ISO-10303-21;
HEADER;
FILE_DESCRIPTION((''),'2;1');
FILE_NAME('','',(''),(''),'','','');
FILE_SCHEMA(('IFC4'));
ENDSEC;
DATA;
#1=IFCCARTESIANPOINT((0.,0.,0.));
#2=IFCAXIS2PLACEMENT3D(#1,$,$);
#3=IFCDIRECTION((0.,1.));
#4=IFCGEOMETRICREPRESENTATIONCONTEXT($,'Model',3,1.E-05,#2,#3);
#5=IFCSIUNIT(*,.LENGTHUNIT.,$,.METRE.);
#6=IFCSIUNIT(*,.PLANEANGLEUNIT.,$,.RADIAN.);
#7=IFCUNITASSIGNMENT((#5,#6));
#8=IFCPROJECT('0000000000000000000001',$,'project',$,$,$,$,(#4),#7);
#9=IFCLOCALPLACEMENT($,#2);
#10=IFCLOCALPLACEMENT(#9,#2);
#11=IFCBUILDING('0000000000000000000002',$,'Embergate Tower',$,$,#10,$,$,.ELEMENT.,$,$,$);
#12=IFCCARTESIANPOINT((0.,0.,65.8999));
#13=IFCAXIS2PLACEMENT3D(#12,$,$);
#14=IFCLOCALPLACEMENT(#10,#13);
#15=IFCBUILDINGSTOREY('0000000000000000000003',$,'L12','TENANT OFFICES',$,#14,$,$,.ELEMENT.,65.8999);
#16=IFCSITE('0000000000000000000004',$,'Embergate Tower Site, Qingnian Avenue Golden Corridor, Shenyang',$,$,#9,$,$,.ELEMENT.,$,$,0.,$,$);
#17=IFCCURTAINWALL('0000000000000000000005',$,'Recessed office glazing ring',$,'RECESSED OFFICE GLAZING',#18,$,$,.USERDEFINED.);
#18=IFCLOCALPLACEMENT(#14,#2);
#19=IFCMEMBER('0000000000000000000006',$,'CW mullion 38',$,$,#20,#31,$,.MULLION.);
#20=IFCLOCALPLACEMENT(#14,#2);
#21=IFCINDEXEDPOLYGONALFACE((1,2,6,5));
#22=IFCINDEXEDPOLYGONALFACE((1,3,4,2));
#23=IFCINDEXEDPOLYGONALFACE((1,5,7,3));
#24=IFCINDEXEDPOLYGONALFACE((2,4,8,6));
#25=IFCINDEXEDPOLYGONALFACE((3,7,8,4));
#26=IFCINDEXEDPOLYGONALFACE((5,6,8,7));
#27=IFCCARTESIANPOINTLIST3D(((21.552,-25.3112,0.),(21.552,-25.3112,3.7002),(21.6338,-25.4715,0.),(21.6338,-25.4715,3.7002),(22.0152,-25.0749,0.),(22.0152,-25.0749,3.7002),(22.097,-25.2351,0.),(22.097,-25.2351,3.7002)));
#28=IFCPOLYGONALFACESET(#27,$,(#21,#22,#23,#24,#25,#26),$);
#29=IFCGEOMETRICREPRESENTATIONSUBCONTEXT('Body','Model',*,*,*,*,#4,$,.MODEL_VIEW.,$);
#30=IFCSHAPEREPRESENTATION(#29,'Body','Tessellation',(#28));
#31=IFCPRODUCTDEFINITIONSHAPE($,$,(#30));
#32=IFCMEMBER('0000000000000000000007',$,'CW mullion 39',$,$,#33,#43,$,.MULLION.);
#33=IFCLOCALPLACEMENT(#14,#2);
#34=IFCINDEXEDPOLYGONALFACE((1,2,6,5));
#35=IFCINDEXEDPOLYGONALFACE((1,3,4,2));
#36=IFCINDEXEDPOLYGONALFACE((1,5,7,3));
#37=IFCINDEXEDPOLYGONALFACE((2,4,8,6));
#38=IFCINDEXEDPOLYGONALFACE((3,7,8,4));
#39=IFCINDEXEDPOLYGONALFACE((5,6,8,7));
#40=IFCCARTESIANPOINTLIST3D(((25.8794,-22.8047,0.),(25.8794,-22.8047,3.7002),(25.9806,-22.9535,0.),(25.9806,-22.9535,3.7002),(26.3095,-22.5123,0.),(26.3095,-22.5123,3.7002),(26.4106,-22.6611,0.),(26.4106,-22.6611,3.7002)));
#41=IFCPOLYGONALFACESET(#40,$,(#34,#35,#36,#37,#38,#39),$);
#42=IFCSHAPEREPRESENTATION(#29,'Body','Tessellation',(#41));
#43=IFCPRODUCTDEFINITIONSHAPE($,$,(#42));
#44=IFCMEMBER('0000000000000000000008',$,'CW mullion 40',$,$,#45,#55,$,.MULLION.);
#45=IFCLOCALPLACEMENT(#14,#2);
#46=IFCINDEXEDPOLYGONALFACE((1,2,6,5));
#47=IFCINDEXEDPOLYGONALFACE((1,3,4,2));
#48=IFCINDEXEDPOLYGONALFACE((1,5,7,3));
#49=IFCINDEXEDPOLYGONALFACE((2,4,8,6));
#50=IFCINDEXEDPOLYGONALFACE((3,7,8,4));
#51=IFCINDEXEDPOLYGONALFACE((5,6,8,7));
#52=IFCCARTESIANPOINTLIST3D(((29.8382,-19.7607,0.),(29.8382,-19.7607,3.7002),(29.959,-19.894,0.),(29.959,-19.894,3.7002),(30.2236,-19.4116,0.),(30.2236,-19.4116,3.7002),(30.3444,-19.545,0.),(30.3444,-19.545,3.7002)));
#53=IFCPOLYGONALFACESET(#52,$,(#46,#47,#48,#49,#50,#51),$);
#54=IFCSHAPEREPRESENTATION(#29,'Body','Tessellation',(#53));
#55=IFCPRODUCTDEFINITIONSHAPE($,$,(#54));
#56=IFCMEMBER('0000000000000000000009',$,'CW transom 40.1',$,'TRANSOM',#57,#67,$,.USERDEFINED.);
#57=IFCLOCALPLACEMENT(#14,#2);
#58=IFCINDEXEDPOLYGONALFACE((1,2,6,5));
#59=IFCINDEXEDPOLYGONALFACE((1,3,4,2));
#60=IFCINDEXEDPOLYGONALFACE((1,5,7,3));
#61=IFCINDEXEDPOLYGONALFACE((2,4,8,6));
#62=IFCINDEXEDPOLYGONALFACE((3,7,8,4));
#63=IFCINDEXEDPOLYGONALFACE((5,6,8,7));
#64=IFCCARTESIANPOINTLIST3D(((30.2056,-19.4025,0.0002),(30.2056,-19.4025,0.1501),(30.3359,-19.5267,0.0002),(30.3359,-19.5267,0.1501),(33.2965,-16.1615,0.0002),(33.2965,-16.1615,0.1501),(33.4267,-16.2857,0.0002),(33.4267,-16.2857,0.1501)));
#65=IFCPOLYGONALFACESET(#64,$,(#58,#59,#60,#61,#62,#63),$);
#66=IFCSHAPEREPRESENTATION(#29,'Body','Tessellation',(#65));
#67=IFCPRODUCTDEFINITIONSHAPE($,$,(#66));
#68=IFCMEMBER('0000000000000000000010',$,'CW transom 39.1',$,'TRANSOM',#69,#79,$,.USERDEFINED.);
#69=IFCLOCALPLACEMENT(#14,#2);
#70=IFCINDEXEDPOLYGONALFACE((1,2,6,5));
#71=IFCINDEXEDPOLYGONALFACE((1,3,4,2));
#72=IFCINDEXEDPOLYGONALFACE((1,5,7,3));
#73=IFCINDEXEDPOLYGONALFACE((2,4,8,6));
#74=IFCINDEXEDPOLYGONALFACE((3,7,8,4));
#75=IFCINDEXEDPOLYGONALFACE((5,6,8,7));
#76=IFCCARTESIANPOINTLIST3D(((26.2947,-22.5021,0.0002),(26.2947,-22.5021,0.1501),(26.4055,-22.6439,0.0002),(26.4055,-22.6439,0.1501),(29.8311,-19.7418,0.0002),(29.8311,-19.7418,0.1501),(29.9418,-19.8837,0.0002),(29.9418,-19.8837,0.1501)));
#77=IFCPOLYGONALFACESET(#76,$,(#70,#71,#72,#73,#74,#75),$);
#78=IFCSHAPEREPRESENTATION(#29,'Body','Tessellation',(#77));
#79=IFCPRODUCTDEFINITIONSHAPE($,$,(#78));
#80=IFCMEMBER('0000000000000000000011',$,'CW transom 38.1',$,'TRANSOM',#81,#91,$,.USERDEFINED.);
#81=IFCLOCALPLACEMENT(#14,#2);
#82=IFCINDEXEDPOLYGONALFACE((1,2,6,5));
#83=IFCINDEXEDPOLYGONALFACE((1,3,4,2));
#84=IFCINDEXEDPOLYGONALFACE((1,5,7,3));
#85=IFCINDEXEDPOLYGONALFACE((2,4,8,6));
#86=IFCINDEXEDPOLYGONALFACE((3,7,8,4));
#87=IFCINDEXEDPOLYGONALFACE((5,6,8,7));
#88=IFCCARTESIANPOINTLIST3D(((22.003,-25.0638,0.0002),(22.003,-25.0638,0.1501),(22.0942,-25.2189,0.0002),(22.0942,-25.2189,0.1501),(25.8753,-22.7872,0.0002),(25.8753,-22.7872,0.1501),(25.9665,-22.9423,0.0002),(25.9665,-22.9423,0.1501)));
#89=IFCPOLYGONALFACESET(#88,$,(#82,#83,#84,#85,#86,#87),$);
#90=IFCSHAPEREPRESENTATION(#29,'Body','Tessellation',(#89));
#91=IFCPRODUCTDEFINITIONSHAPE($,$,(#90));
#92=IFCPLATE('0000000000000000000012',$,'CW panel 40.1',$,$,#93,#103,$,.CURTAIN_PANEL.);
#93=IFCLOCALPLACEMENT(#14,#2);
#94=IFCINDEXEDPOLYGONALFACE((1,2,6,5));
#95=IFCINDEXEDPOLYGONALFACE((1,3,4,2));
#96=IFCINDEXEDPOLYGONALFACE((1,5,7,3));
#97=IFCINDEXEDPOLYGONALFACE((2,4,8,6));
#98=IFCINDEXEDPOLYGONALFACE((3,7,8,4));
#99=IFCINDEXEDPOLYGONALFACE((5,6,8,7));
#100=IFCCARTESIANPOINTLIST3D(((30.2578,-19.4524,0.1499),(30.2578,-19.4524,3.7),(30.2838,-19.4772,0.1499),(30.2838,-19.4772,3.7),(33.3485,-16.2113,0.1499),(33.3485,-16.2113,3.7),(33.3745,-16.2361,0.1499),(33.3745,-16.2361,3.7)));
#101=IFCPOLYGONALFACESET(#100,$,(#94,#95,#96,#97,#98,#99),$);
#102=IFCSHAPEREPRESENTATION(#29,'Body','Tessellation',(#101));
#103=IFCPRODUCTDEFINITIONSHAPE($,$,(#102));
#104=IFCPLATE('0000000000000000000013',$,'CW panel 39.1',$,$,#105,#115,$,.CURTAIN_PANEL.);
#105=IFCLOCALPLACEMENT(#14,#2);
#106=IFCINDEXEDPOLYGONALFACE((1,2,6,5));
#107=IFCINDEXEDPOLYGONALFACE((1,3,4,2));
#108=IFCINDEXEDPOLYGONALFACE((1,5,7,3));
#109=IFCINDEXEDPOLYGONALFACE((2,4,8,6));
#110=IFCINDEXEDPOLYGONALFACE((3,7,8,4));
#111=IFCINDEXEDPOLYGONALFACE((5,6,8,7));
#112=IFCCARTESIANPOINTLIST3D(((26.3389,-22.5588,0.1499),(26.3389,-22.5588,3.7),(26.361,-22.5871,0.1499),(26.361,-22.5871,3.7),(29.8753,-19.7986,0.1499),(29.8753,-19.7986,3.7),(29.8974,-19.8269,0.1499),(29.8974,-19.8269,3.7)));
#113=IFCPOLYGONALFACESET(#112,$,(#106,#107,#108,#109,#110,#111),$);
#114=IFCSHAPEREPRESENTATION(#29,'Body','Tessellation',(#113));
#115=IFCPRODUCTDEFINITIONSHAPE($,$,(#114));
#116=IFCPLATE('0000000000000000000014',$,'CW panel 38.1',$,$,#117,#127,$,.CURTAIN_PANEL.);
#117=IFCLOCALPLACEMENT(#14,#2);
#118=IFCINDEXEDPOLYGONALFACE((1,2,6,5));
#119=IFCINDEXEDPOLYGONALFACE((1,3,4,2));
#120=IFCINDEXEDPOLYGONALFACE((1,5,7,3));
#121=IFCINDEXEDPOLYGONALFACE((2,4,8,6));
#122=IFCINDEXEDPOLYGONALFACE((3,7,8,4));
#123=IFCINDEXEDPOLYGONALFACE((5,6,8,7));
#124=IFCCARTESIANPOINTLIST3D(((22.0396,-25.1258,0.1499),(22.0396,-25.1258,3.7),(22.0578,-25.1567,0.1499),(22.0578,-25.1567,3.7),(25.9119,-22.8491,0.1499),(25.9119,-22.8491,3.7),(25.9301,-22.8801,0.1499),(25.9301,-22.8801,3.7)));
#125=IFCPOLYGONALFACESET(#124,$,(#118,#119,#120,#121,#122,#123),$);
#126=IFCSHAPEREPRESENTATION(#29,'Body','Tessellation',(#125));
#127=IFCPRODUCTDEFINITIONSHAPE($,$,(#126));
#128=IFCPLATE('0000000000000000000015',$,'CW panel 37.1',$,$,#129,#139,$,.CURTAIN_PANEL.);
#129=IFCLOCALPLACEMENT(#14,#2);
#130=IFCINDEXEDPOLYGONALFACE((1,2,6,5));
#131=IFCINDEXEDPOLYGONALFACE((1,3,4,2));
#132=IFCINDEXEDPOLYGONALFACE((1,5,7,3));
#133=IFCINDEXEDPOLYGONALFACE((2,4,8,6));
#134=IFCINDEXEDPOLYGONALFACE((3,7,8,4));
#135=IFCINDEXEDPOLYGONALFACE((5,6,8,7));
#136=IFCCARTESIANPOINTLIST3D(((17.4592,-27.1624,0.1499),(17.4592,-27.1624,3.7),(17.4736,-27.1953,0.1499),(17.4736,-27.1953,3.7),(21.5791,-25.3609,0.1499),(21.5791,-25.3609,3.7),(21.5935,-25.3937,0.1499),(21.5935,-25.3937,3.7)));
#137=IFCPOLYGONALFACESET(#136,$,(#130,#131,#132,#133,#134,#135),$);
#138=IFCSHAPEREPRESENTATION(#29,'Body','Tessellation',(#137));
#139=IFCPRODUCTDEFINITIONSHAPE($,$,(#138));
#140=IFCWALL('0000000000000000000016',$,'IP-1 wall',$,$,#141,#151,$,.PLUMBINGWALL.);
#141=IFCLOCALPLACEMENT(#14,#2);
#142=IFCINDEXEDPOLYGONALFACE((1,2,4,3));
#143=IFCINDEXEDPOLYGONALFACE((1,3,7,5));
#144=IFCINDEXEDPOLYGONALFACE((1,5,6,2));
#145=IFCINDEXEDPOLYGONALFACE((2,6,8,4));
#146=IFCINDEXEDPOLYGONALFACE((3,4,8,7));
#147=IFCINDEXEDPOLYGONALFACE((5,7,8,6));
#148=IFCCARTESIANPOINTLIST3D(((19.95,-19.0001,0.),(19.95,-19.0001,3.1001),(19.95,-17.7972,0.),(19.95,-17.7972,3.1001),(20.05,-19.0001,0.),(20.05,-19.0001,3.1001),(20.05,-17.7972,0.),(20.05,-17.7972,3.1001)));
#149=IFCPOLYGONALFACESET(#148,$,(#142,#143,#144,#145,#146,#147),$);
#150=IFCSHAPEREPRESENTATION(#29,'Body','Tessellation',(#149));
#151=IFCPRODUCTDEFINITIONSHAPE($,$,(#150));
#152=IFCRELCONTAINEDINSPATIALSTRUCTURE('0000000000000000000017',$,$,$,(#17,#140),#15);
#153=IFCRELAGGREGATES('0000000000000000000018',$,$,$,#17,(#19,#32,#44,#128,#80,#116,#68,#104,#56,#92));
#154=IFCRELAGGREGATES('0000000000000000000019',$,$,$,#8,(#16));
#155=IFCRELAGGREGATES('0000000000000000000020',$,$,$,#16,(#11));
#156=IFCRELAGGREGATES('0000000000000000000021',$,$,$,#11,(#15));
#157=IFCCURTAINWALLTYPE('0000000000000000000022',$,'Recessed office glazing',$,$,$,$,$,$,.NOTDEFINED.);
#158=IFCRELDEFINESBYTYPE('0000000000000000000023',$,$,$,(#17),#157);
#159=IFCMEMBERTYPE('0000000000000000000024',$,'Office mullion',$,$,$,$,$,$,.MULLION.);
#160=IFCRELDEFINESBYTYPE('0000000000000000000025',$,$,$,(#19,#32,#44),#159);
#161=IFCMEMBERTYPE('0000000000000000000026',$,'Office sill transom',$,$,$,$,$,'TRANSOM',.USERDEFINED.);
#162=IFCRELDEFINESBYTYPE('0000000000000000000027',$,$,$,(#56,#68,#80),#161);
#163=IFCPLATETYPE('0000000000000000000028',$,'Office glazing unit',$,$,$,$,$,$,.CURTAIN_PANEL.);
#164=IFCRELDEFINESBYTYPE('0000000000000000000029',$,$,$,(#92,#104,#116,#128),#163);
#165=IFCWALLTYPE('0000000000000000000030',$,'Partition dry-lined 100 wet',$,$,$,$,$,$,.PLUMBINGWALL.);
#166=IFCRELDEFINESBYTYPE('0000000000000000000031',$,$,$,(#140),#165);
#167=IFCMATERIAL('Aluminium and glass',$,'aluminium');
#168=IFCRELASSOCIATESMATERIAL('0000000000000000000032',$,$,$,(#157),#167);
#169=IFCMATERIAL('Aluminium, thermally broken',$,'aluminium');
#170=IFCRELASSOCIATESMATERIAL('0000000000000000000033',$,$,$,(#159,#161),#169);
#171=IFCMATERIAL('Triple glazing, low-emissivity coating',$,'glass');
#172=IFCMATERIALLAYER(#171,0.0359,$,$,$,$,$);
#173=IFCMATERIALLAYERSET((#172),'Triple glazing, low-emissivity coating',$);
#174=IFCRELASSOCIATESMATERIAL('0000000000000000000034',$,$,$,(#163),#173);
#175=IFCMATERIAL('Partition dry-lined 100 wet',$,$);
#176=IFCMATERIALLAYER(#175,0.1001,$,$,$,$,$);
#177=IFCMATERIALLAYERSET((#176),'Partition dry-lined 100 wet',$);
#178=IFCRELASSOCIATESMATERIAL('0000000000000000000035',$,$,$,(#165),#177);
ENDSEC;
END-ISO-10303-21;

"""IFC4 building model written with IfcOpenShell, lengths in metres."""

from ifc_helpers import new_model, si_unit, direction, frame, frame_2d, origin, origin_2d, place, context, subcontext, project, spatial, rectangle, extrude, source, transform, mapped, material, layer, layer_set, material_profile, profile_set, type_object, element, aggregate, save


model = new_model("IFC4")

# Units and contexts
model_context = context("Model", 3, precision=1e-05, world=origin(), true_north=direction((0.0, 1.0)))
body_context = subcontext(model_context, "Body", "Model", "MODEL_VIEW")
ifc_project = project(units=[si_unit("LENGTHUNIT", "METRE"), si_unit("PLANEANGLEUNIT", "RADIAN")], contexts=[model_context])

# Site, building, storey
site_placement = place(None, origin())
site = spatial("IfcSite", under=ifc_project, at=site_placement, Name="Embergate Tower Site, Qingnian Avenue Golden Corridor, Shenyang", CompositionType="ELEMENT", RefElevation=0.0)
building_placement = place(site_placement, origin())
building = spatial("IfcBuilding", under=site, at=building_placement, Name="Embergate Tower", CompositionType="ELEMENT")
storey_placement = place(building_placement, frame((0.0, 0.0, 65.8999)))
storey = spatial("IfcBuildingStorey", under=building, at=storey_placement, Name="L12", Description="TENANT OFFICES", CompositionType="ELEMENT", Elevation=65.8999)

# Curtain wall, members, plates
ifc_material_1 = material(Name="Aluminium and glass", Category="aluminium")
curtain_wall_type = type_object("IfcCurtainWallType", Name="Recessed office glazing", PredefinedType="NOTDEFINED", material=ifc_material_1)
curtain_wall_placement = place(storey_placement, origin())
curtain_wall = element("IfcCurtainWall", 1, at=curtain_wall_placement, inside=storey, type_object=curtain_wall_type, Name="Recessed office glazing ring", ObjectType="RECESSED OFFICE GLAZING", PredefinedType="USERDEFINED")
ifc_material_2 = material(Name="Aluminium, thermally broken", Category="aluminium")
ifc_material_profile_1 = material_profile(ifc_material_2, rectangle(XDim=0.1799, YDim=0.52, at=origin_2d()), Name="AL 520x180")
ifc_profile_set_1 = profile_set([ifc_material_profile_1], Name="Aluminium, thermally broken")
member_type_1 = type_object("IfcMemberType", Name="Office mullion", PredefinedType="MULLION", material=ifc_profile_set_1)
shared_shape_1 = source(origin(), body_context, "Body", "SweptSolid", [
    extrude(rectangle(XDim=0.1799, YDim=0.52, at=origin_2d()), origin(), (0.0, 0.0, 1.0), 3.7002),
])
member_1_placement = place(storey_placement, frame((21.8245, -25.2732, 0.0), z_axis=(0.0, 0.0, 1.0), x_axis=(-0.454521, 0.890736, 0.0)))
member_1 = element("IfcMember", 2, at=member_1_placement, type_object=member_type_1, Name="CW mullion 38", PredefinedType="MULLION", context=body_context, shape_type="MappedRepresentation", body=[
    mapped(shared_shape_1, transform((0.0, 0.0, 0.0))),
])
member_2_placement = place(storey_placement, frame((26.145, -22.7329, 0.0), z_axis=(0.0, 0.0, 1.0), x_axis=(-0.562229, 0.826981, 0.0)))
member_2 = element("IfcMember", 3, at=member_2_placement, type_object=member_type_1, Name="CW mullion 39", PredefinedType="MULLION", context=body_context, shape_type="MappedRepresentation", body=[
    mapped(shared_shape_1, transform((0.0, 0.0, 0.0))),
])
member_3_placement = place(storey_placement, frame((30.0913, -19.6528, 0.0), z_axis=(0.0, 0.0, 1.0), x_axis=(-0.671239, 0.741241, 0.0)))
member_3 = element("IfcMember", 4, at=member_3_placement, type_object=member_type_1, Name="CW mullion 40", PredefinedType="MULLION", context=body_context, shape_type="MappedRepresentation", body=[
    mapped(shared_shape_1, transform((0.0, 0.0, 0.0))),
])
ifc_material_profile_2 = material_profile(ifc_material_2, rectangle(XDim=0.1799, YDim=0.1499, at=origin_2d()), Name="AL 150x180")
ifc_profile_set_2 = profile_set([ifc_material_profile_2], Name="Aluminium, thermally broken")
member_type_2 = type_object("IfcMemberType", Name="Office sill transom", ElementType="TRANSOM", PredefinedType="USERDEFINED", material=ifc_profile_set_2)
shared_shape_2 = source(origin(), body_context, "Body", "SweptSolid", [
    extrude(rectangle(XDim=0.1799, YDim=0.1499, at=origin_2d()), origin(), (0.0, 0.0, 1.0), 4.4785),
])
member_4_placement = place(storey_placement, frame((30.2708, -19.4646, 0.0752), z_axis=(0.690145, 0.723671, 0.0), x_axis=(-0.723671, 0.690145, 0.0)))
member_4 = element("IfcMember", 5, at=member_4_placement, type_object=member_type_2, Name="CW transom 40.1", ObjectType="TRANSOM", PredefinedType="USERDEFINED", context=body_context, shape_type="MappedRepresentation", body=[
    mapped(shared_shape_2, transform((0.0, 0.0, 0.0))),
])
shared_shape_3 = source(origin(), body_context, "Body", "SweptSolid", [
    extrude(rectangle(XDim=0.1799, YDim=0.1499, at=origin_2d()), origin(), (0.0, 0.0, 1.0), 4.4861),
])
member_5_placement = place(storey_placement, frame((26.3501, -22.573, 0.0752), z_axis=(0.788299, 0.615292, 0.0), x_axis=(-0.615292, 0.788299, 0.0)))
member_5 = element("IfcMember", 6, at=member_5_placement, type_object=member_type_2, Name="CW transom 39.1", ObjectType="TRANSOM", PredefinedType="USERDEFINED", context=body_context, shape_type="MappedRepresentation", body=[
    mapped(shared_shape_3, transform((0.0, 0.0, 0.0))),
])
shared_shape_4 = source(origin(), body_context, "Body", "SweptSolid", [
    extrude(rectangle(XDim=0.1799, YDim=0.1499, at=origin_2d()), origin(), (0.0, 0.0, 1.0), 4.4919),
])
member_6_placement = place(storey_placement, frame((22.0486, -25.1414, 0.0752), z_axis=(0.862053, 0.506818, 0.0), x_axis=(-0.506818, 0.862053, 0.0)))
member_6 = element("IfcMember", 7, at=member_6_placement, type_object=member_type_2, Name="CW transom 38.1", ObjectType="TRANSOM", PredefinedType="USERDEFINED", context=body_context, shape_type="MappedRepresentation", body=[
    mapped(shared_shape_4, transform((0.0, 0.0, 0.0))),
])
ifc_material_3 = material(Name="Triple glazing, low-emissivity coating", Category="glass")
ifc_layer_1 = layer(ifc_material_3, 0.0359)
ifc_layer_set_1 = layer_set([ifc_layer_1], Name="Triple glazing, low-emissivity coating")
plate_type = type_object("IfcPlateType", Name="Office glazing unit", PredefinedType="CURTAIN_PANEL", material=ifc_layer_set_1)
shared_shape_5 = source(origin(), body_context, "Body", "SweptSolid", [
    extrude(rectangle(XDim=4.4785, YDim=0.0359, at=origin_2d()), origin(), (0.0, 0.0, 1.0), 3.55),
])
plate_1_placement = place(storey_placement, frame((31.8162, -17.8442, 0.1499), z_axis=(0.0, 0.0, 1.0), x_axis=(0.690125, 0.72369, 0.0)))
plate_1 = element("IfcPlate", 8, at=plate_1_placement, type_object=plate_type, Name="CW panel 40.1", PredefinedType="CURTAIN_PANEL", context=body_context, shape_type="MappedRepresentation", body=[
    mapped(shared_shape_5, transform((0.0, 0.0, 0.0))),
])
shared_shape_6 = source(origin(), body_context, "Body", "SweptSolid", [
    extrude(rectangle(XDim=4.4861, YDim=0.0359, at=origin_2d()), origin(), (0.0, 0.0, 1.0), 3.55),
])
plate_2_placement = place(storey_placement, frame((28.1182, -21.1929, 0.1499), z_axis=(0.0, 0.0, 1.0), x_axis=(0.788313, 0.615275, 0.0)))
plate_2 = element("IfcPlate", 9, at=plate_2_placement, type_object=plate_type, Name="CW panel 39.1", PredefinedType="CURTAIN_PANEL", context=body_context, shape_type="MappedRepresentation", body=[
    mapped(shared_shape_6, transform((0.0, 0.0, 0.0))),
])
shared_shape_7 = source(origin(), body_context, "Body", "SweptSolid", [
    extrude(rectangle(XDim=4.4919, YDim=0.0359, at=origin_2d()), origin(), (0.0, 0.0, 1.0), 3.55),
])
plate_3_placement = place(storey_placement, frame((23.9849, -24.0029, 0.1499), z_axis=(0.0, 0.0, 1.0), x_axis=(0.862048, 0.506827, 0.0)))
plate_3 = element("IfcPlate", 10, at=plate_3_placement, type_object=plate_type, Name="CW panel 38.1", PredefinedType="CURTAIN_PANEL", context=body_context, shape_type="MappedRepresentation", body=[
    mapped(shared_shape_7, transform((0.0, 0.0, 0.0))),
])
shared_shape_8 = source(origin(), body_context, "Body", "SweptSolid", [
    extrude(rectangle(XDim=4.4966, YDim=0.0359, at=origin_2d()), origin(), (0.0, 0.0, 1.0), 3.55),
])
plate_4_placement = place(storey_placement, frame((19.5264, -26.2781, 0.1499), z_axis=(0.0, 0.0, 1.0), x_axis=(0.916233, 0.400646, 0.0)))
plate_4 = element("IfcPlate", 11, at=plate_4_placement, type_object=plate_type, Name="CW panel 37.1", PredefinedType="CURTAIN_PANEL", context=body_context, shape_type="MappedRepresentation", body=[
    mapped(shared_shape_8, transform((0.0, 0.0, 0.0))),
])
aggregate(curtain_wall, [member_1, member_2, member_3, plate_4, member_6, plate_3, member_5, plate_2, member_4, plate_1])

# Wall
ifc_material_4 = material(Name="Partition dry-lined 100 wet")
ifc_layer_2 = layer(ifc_material_4, 0.1001)
ifc_layer_set_2 = layer_set([ifc_layer_2], Name="Partition dry-lined 100 wet")
wall_type_1 = type_object("IfcWallType", Name="Partition dry-lined 100 wet", PredefinedType="PLUMBINGWALL", material=ifc_layer_set_2)
shared_shape_9 = source(origin(), body_context, "Body", "SweptSolid", [
    extrude(rectangle(XDim=1.2029, YDim=0.1001, at=frame_2d((0.6016, 0.0))), origin(), (0.0, 0.0, 1.0), 3.1001),
])
wall_1_placement = place(storey_placement, frame((20.0, -17.7971, 0.0), z_axis=(0.0, 0.0, 1.0), x_axis=(0.0, -1.0, 0.0)))
element("IfcWall", 12, at=wall_1_placement, inside=storey, type_object=wall_type_1, Name="IP-1 wall", PredefinedType="PLUMBINGWALL", context=body_context, shape_type="MappedRepresentation", body=[
    mapped(shared_shape_9, transform((0.0, 0.0, 0.0))),
])

save(model, "model.ifc")
